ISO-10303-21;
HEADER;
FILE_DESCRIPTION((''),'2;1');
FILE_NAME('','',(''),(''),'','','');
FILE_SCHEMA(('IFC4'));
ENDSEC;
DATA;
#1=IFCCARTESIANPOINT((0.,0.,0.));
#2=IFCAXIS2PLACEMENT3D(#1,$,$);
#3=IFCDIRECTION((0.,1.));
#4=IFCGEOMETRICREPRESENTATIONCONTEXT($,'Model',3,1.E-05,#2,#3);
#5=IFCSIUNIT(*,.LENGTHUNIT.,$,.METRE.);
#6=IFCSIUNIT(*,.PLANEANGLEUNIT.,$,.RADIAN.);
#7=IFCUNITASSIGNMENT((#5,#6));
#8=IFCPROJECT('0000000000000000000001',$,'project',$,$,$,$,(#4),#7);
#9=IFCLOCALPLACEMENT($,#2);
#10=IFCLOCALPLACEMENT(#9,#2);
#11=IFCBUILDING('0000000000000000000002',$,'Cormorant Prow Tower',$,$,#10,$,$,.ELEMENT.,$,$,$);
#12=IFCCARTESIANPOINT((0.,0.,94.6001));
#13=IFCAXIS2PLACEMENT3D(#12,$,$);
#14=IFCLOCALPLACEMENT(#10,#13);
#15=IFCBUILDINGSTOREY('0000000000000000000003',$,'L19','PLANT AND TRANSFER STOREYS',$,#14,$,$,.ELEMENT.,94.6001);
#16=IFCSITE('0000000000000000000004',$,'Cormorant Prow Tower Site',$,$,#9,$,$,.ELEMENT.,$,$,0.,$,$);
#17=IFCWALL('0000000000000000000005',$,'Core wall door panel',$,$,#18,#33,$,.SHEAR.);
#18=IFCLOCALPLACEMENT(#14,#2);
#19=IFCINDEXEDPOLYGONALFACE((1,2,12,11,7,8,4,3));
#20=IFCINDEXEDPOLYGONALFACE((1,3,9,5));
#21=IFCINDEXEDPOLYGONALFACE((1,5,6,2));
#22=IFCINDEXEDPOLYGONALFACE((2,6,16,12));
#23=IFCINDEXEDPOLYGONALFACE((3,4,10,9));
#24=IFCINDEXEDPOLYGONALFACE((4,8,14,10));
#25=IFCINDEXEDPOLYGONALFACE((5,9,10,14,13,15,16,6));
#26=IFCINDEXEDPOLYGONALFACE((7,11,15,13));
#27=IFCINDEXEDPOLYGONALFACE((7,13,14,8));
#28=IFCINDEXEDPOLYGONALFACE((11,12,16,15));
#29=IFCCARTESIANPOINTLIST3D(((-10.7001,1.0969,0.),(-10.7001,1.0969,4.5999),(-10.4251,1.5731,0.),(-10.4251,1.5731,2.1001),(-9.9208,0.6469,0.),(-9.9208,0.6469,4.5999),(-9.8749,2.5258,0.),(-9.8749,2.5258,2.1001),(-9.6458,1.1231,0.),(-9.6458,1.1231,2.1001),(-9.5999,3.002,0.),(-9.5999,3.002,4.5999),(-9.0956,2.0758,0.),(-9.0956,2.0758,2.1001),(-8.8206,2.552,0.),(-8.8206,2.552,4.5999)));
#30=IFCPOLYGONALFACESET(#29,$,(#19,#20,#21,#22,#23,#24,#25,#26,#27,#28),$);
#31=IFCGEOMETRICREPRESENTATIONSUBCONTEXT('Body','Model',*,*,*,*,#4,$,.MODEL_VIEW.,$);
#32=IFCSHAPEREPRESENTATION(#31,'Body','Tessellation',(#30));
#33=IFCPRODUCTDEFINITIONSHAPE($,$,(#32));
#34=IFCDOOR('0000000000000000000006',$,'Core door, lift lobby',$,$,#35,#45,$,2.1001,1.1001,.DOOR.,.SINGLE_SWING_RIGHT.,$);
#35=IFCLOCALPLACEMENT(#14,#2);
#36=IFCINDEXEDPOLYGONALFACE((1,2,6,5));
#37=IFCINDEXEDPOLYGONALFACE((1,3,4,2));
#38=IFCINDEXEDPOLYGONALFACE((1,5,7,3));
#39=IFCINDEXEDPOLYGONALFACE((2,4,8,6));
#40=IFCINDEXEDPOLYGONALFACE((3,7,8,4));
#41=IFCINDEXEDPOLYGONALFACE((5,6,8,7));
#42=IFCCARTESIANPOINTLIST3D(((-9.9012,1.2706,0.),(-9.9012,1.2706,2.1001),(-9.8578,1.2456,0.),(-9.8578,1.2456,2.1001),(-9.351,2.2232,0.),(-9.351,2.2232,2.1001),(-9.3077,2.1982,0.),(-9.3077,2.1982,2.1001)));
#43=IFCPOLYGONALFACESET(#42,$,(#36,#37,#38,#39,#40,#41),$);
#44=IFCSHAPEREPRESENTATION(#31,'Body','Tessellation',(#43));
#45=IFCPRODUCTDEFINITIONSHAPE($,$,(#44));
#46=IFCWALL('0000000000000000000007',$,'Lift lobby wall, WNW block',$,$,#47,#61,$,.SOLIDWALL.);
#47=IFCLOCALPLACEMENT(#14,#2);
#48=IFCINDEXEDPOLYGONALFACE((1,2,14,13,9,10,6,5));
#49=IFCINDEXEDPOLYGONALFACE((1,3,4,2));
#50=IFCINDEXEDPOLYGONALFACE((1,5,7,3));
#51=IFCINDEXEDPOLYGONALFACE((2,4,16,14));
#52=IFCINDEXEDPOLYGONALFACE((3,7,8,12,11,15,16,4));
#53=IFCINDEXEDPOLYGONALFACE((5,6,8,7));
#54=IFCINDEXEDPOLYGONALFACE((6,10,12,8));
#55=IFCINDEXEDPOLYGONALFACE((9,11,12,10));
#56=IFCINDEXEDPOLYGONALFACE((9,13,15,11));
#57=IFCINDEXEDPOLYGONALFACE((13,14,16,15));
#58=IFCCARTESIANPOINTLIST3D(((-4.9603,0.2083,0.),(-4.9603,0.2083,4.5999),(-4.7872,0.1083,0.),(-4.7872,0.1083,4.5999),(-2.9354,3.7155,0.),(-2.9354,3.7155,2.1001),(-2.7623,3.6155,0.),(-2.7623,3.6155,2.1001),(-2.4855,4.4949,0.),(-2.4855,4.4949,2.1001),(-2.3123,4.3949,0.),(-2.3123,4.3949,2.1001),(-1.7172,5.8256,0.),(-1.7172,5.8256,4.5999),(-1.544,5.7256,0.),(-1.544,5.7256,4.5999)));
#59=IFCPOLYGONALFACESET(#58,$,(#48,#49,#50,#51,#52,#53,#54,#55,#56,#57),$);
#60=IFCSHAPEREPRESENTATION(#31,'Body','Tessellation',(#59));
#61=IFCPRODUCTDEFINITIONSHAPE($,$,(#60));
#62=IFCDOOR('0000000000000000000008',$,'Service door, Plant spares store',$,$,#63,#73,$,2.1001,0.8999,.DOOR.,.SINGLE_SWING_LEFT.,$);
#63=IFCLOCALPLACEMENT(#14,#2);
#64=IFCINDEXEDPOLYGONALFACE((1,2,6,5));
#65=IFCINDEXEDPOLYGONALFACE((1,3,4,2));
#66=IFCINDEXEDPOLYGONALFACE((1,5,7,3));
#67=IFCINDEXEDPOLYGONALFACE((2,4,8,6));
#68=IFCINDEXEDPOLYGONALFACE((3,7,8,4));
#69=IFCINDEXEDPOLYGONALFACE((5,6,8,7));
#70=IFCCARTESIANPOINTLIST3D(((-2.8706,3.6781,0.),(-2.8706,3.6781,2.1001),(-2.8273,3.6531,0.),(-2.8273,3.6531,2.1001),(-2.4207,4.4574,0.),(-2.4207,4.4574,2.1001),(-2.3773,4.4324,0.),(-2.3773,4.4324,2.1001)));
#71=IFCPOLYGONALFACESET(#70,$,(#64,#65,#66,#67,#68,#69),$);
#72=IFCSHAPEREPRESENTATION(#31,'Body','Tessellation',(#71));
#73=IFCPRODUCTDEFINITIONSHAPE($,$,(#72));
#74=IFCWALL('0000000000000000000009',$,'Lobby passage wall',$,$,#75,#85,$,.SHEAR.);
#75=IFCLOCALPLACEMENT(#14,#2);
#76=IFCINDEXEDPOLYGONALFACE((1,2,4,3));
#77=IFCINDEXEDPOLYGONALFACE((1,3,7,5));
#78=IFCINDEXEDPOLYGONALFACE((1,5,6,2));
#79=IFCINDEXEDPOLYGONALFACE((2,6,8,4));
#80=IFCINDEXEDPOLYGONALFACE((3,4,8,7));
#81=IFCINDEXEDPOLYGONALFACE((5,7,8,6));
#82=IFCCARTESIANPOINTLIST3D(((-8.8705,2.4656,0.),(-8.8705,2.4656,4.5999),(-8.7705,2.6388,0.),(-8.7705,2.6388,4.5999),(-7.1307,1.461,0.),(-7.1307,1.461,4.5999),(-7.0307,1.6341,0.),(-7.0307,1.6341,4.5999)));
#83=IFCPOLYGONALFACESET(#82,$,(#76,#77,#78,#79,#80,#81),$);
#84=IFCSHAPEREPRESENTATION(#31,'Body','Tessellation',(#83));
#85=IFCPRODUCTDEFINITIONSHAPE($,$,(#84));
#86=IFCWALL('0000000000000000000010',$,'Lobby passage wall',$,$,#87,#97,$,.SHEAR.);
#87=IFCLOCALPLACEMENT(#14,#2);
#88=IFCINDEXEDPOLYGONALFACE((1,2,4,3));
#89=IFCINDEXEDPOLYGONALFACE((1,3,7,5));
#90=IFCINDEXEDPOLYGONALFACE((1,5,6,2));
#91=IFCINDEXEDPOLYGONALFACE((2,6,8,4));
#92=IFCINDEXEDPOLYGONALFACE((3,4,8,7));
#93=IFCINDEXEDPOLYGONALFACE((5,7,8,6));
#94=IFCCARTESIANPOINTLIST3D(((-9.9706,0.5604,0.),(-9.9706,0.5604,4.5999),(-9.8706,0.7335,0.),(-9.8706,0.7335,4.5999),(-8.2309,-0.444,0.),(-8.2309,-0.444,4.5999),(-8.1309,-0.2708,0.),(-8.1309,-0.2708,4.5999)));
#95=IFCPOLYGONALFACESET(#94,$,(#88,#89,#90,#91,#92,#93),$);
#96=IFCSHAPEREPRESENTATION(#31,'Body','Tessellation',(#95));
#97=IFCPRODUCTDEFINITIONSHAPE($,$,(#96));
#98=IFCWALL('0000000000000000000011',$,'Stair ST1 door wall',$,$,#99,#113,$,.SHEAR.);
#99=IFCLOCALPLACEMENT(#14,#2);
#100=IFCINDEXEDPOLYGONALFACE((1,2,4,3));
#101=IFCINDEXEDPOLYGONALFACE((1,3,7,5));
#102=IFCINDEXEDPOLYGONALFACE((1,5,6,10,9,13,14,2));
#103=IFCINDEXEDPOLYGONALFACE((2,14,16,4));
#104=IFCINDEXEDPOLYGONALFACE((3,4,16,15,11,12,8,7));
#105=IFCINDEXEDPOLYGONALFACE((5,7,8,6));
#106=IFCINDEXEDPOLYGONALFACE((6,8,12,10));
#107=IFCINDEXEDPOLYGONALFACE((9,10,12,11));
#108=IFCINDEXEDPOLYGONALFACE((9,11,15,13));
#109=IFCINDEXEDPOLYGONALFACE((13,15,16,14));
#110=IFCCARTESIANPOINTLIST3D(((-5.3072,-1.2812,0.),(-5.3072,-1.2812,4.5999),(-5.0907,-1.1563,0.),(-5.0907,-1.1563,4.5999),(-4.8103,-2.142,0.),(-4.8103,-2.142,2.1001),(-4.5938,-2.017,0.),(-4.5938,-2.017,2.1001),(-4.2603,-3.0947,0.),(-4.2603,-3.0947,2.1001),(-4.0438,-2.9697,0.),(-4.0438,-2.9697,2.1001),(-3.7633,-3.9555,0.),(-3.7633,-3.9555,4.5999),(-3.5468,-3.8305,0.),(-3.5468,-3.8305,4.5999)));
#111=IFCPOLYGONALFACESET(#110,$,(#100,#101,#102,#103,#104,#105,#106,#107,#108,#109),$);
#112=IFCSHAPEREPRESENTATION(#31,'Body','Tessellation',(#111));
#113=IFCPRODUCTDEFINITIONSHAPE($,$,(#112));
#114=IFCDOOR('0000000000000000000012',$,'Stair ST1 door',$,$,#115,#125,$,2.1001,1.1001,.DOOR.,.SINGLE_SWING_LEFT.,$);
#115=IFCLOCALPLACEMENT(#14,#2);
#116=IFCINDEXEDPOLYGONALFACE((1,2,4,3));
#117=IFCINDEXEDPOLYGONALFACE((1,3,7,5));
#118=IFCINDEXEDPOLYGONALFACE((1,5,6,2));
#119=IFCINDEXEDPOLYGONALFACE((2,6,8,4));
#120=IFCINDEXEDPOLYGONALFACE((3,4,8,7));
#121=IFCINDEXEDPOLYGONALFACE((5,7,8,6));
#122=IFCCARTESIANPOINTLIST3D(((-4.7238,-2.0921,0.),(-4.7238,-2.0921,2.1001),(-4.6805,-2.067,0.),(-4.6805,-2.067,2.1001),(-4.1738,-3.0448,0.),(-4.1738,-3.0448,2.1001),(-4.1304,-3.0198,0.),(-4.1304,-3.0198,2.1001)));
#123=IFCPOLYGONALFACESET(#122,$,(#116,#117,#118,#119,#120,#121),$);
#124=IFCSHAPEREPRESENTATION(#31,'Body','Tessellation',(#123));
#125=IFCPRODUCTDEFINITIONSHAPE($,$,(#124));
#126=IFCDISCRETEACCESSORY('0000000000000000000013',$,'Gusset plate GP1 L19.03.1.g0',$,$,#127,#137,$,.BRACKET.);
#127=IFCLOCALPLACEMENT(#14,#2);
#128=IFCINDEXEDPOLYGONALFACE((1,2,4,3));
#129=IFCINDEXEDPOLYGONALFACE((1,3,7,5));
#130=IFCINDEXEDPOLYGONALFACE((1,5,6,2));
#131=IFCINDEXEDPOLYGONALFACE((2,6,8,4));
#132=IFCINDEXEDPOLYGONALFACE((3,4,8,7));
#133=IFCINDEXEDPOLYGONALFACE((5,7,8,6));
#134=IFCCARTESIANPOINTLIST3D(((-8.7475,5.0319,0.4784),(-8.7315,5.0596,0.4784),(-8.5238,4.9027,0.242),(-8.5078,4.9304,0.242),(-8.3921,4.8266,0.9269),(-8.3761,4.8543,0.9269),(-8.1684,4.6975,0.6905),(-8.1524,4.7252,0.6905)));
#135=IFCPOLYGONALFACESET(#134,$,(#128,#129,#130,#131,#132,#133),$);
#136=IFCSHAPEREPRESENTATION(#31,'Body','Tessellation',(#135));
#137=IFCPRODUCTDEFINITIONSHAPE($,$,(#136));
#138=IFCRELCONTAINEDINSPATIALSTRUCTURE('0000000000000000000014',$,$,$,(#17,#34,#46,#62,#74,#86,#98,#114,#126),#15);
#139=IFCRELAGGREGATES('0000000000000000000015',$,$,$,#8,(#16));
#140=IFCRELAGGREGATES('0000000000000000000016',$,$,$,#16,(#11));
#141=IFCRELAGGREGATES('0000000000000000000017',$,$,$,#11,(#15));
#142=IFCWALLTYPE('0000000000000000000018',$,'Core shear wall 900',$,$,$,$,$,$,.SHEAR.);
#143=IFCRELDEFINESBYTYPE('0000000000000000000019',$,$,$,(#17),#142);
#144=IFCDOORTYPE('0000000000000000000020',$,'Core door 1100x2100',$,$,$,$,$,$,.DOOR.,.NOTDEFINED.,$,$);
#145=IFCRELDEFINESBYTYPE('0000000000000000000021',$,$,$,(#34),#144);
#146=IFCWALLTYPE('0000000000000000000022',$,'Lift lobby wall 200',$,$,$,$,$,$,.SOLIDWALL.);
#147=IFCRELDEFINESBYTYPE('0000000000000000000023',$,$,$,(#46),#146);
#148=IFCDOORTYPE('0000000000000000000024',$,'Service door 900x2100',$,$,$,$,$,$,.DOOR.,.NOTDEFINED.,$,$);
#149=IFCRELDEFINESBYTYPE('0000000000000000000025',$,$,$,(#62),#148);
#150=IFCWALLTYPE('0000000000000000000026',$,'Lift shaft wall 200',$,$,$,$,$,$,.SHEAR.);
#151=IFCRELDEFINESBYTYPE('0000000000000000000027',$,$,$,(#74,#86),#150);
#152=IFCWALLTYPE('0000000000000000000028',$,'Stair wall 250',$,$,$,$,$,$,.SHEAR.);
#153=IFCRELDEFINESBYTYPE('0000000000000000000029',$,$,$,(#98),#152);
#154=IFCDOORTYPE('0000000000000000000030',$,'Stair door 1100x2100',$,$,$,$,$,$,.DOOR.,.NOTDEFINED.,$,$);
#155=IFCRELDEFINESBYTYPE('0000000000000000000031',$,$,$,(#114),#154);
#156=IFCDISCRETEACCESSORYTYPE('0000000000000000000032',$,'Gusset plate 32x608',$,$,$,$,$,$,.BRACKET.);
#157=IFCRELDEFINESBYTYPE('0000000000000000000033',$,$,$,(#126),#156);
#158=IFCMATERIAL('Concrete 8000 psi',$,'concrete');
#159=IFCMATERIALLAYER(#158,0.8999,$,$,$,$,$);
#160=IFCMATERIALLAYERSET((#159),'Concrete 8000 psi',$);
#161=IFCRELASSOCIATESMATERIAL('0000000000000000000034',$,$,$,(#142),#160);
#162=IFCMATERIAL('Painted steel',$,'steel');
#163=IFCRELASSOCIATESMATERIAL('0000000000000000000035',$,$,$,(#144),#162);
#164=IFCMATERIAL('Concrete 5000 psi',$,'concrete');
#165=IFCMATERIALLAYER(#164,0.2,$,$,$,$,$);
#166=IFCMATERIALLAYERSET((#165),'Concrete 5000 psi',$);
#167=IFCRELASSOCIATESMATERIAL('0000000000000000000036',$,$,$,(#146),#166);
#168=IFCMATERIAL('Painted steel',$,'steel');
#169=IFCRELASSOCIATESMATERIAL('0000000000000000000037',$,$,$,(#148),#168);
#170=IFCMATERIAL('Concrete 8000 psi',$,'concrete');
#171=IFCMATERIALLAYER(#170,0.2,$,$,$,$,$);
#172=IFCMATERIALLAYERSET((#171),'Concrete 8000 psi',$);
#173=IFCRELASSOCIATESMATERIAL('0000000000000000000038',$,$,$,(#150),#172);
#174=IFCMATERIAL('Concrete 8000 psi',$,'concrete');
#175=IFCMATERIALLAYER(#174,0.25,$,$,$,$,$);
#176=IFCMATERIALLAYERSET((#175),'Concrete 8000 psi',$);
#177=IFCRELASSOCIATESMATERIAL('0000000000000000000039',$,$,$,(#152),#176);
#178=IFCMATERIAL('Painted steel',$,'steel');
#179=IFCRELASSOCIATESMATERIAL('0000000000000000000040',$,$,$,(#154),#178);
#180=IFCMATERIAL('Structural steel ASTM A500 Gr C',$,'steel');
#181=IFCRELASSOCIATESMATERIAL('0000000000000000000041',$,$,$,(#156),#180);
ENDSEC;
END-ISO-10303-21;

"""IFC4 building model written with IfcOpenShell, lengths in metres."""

from ifc_helpers import new_model, si_unit, direction, frame, frame_2d, origin, origin_2d, place, context, subcontext, project, spatial, rectangle, extrude, material, layer, layer_set, material_profile, profile_set, type_object, element, fill, save


model = new_model("IFC4")

# Units and contexts
model_context = context("Model", 3, precision=1e-05, world=origin(), true_north=direction((0.0, 1.0)))
body_context = subcontext(model_context, "Body", "Model", "MODEL_VIEW")
ifc_project = project(units=[si_unit("LENGTHUNIT", "METRE"), si_unit("PLANEANGLEUNIT", "RADIAN")], contexts=[model_context])

# Site, building, storey
site_placement = place(None, origin())
site = spatial("IfcSite", under=ifc_project, at=site_placement, Name="Cormorant Prow Tower Site", CompositionType="ELEMENT", RefElevation=0.0)
building_placement = place(site_placement, origin())
building = spatial("IfcBuilding", under=site, at=building_placement, Name="Cormorant Prow Tower", CompositionType="ELEMENT")
storey_placement = place(building_placement, frame((0.0, 0.0, 94.6001)))
storey = spatial("IfcBuildingStorey", under=building, at=storey_placement, Name="L19", Description="PLANT AND TRANSFER STOREYS", CompositionType="ELEMENT", Elevation=94.6001)

# Shared definitions
ifc_material_1 = material(Name="Concrete 8000 psi", Category="concrete")
ifc_layer_1 = layer(ifc_material_1, 0.8999)
ifc_layer_set_1 = layer_set([ifc_layer_1], Name="Concrete 8000 psi")
wall_type_1 = type_object("IfcWallType", Name="Core shear wall 900", PredefinedType="SHEAR", material=ifc_layer_set_1)

# Walls, openings, doors
wall_1_placement = place(storey_placement, frame((-9.2102, 2.7771, 0.0), z_axis=(0.0, 0.0, 1.0), x_axis=(-0.500078, -0.86598, 0.0)))
wall_1 = element("IfcWall", 1, at=wall_1_placement, inside=storey, type_object=wall_type_1, Name="Core wall door panel", PredefinedType="SHEAR", context=body_context, shape_type="SweptSolid", body=[
    extrude(rectangle(XDim=2.2, YDim=0.8999, at=frame_2d((1.1001, 0.0))), origin(), (0.0, 0.0, 1.0), 4.5999),
])
opening_1_placement = place(wall_1_placement, frame((0.55, 0.0, 0.0)))
opening_1 = element("IfcOpeningElement", 2, at=opening_1_placement, cuts=wall_1, PredefinedType="OPENING", context=body_context, shape_type="SweptSolid", body=[
    extrude(rectangle(XDim=1.1001, YDim=2.1001, at=frame_2d((0.55, 1.05))), frame((0.0, 0.46, 0.0), z_axis=(0.0, -1.0, 0.0), x_axis=(1.0, 0.0, 0.0)), (0.0, 0.0, 1.0), 0.9199),
])
ifc_material_2 = material(Name="Painted steel", Category="steel")
door_type_1 = type_object("IfcDoorType", Name="Core door 1100x2100", OperationType="NOTDEFINED", PredefinedType="DOOR", material=ifc_material_2)
door_1_placement = place(opening_1_placement, origin())
door_1 = element("IfcDoor", 3, at=door_1_placement, inside=storey, type_object=door_type_1, Name="Core door, lift lobby", OperationType="SINGLE_SWING_RIGHT", OverallHeight=2.1001, OverallWidth=1.1001, PredefinedType="DOOR", context=body_context, shape_type="SweptSolid", body=[
    extrude(rectangle(XDim=1.1001, YDim=2.1001, at=frame_2d((0.55, 1.05))), frame((0.0, 0.2051, 0.0), z_axis=(0.0, -1.0, 0.0), x_axis=(1.0, 0.0, 0.0)), (0.0, 0.0, 1.0), 0.05),
])
fill(opening_1, door_1)
ifc_material_3 = material(Name="Concrete 5000 psi", Category="concrete")
ifc_layer_2 = layer(ifc_material_3, 0.2)
ifc_layer_set_2 = layer_set([ifc_layer_2], Name="Concrete 5000 psi")
wall_type_2 = type_object("IfcWallType", Name="Lift lobby wall 200", PredefinedType="SOLIDWALL", material=ifc_layer_set_2)
wall_2_placement = place(storey_placement, frame((-1.6306, 5.7756, 0.0), z_axis=(0.0, 0.0, 1.0), x_axis=(-0.499993, -0.86603, 0.0)))
wall_2 = element("IfcWall", 4, at=wall_2_placement, inside=storey, type_object=wall_type_2, Name="Lift lobby wall, WNW block", PredefinedType="SOLIDWALL", context=body_context, shape_type="SweptSolid", body=[
    extrude(rectangle(XDim=6.4863, YDim=0.2, at=frame_2d((3.2432, 0.0))), origin(), (0.0, 0.0, 1.0), 4.5999),
])
opening_2_placement = place(wall_2_placement, frame((1.5366, 0.0, 0.0)))
opening_2 = element("IfcOpeningElement", 5, at=opening_2_placement, cuts=wall_2, PredefinedType="OPENING", context=body_context, shape_type="SweptSolid", body=[
    extrude(rectangle(XDim=0.8999, YDim=2.1001, at=frame_2d((0.45, 1.05))), frame((0.0, 0.1099, 0.0), z_axis=(0.0, -1.0, 0.0), x_axis=(1.0, 0.0, 0.0)), (0.0, 0.0, 1.0), 0.22),
])
ifc_material_4 = material(Name="Painted steel", Category="steel")
door_type_2 = type_object("IfcDoorType", Name="Service door 900x2100", OperationType="NOTDEFINED", PredefinedType="DOOR", material=ifc_material_4)
door_2_placement = place(opening_2_placement, origin())
door_2 = element("IfcDoor", 6, at=door_2_placement, inside=storey, type_object=door_type_2, Name="Service door, Plant spares store", OperationType="SINGLE_SWING_LEFT", OverallHeight=2.1001, OverallWidth=0.8999, PredefinedType="DOOR", context=body_context, shape_type="SweptSolid", body=[
    extrude(rectangle(XDim=0.8999, YDim=2.1001, at=frame_2d((0.45, 1.05))), frame((0.0, 0.0249, 0.0), z_axis=(0.0, -1.0, 0.0), x_axis=(1.0, 0.0, 0.0)), (0.0, 0.0, 1.0), 0.05),
])
fill(opening_2, door_2)

# Walls
ifc_material_5 = material(Name="Concrete 8000 psi", Category="concrete")
ifc_layer_3 = layer(ifc_material_5, 0.2)
ifc_layer_set_3 = layer_set([ifc_layer_3], Name="Concrete 8000 psi")
wall_type_3 = type_object("IfcWallType", Name="Lift shaft wall 200", PredefinedType="SHEAR", material=ifc_layer_set_3)
wall_3_placement = place(storey_placement, frame((-7.0808, 1.5476, 0.0), z_axis=(0.0, 0.0, 1.0), x_axis=(-0.865983, 0.500073, 0.0)))
element("IfcWall", 7, at=wall_3_placement, inside=storey, type_object=wall_type_3, Name="Lobby passage wall", PredefinedType="SHEAR", context=body_context, shape_type="SweptSolid", body=[
    extrude(rectangle(XDim=2.009, YDim=0.2, at=frame_2d((1.0044, 0.0))), origin(), (0.0, 0.0, 1.0), 4.5999),
])
wall_4_placement = place(storey_placement, frame((-8.1809, -0.3574, 0.0), z_axis=(0.0, 0.0, 1.0), x_axis=(-0.866036, 0.499982, 0.0)))
element("IfcWall", 8, at=wall_4_placement, inside=storey, type_object=wall_type_3, Name="Lobby passage wall", PredefinedType="SHEAR", context=body_context, shape_type="SweptSolid", body=[
    extrude(rectangle(XDim=2.0088, YDim=0.2, at=frame_2d((1.0044, 0.0))), origin(), (0.0, 0.0, 1.0), 4.5999),
])

# Wall, opening, door
ifc_material_6 = material(Name="Concrete 8000 psi", Category="concrete")
ifc_layer_4 = layer(ifc_material_6, 0.25)
ifc_layer_set_4 = layer_set([ifc_layer_4], Name="Concrete 8000 psi")
wall_type_4 = type_object("IfcWallType", Name="Stair wall 250", PredefinedType="SHEAR", material=ifc_layer_set_4)
wall_5_placement = place(storey_placement, frame((-5.199, -1.2188, 0.0), z_axis=(0.0, 0.0, 1.0), x_axis=(0.499983, -0.866035, 0.0)))
wall_5 = element("IfcWall", 9, at=wall_5_placement, inside=storey, type_object=wall_type_4, Name="Stair ST1 door wall", PredefinedType="SHEAR", context=body_context, shape_type="SweptSolid", body=[
    extrude(rectangle(XDim=3.0879, YDim=0.25, at=frame_2d((1.5439, 0.0))), origin(), (0.0, 0.0, 1.0), 4.5999),
])
opening_3_placement = place(wall_5_placement, frame((0.9939, 0.0, 0.0)))
opening_3 = element("IfcOpeningElement", 10, at=opening_3_placement, cuts=wall_5, PredefinedType="OPENING", context=body_context, shape_type="SweptSolid", body=[
    extrude(rectangle(XDim=1.1001, YDim=2.1001, at=frame_2d((0.55, 1.05))), frame((0.0, 0.135, 0.0), z_axis=(0.0, -1.0, 0.0), x_axis=(1.0, 0.0, 0.0)), (0.0, 0.0, 1.0), 0.27),
])
ifc_material_7 = material(Name="Painted steel", Category="steel")
door_type_3 = type_object("IfcDoorType", Name="Stair door 1100x2100", OperationType="NOTDEFINED", PredefinedType="DOOR", material=ifc_material_7)
door_3_placement = place(opening_3_placement, origin())
door_3 = element("IfcDoor", 11, at=door_3_placement, inside=storey, type_object=door_type_3, Name="Stair ST1 door", OperationType="SINGLE_SWING_LEFT", OverallHeight=2.1001, OverallWidth=1.1001, PredefinedType="DOOR", context=body_context, shape_type="SweptSolid", body=[
    extrude(rectangle(XDim=1.1001, YDim=2.1001, at=frame_2d((0.55, 1.05))), frame((0.0, 0.0249, 0.0), z_axis=(0.0, -1.0, 0.0), x_axis=(1.0, 0.0, 0.0)), (0.0, 0.0, 1.0), 0.05),
])
fill(opening_3, door_3)

# Discrete accessory
ifc_material_8 = material(Name="Structural steel ASTM A500 Gr C", Category="steel")
ifc_material_profile_1 = material_profile(ifc_material_8, rectangle(XDim=0.032, YDim=0.6079, at=origin_2d()), Name="Gusset plate 32x608")
ifc_profile_set_1 = profile_set([ifc_material_profile_1], Name="Structural steel ASTM A500 Gr C")
discrete_accessory_type = type_object("IfcDiscreteAccessoryType", Name="Gusset plate 32x608", PredefinedType="BRACKET", material=ifc_profile_set_1)
discrete_accessory_placement = place(storey_placement, frame((-8.5618, 4.9431, 0.7026), z_axis=(0.63884, -0.368937, -0.675106), x_axis=(0.500104, 0.865965, 0.0)))
element("IfcDiscreteAccessory", 12, at=discrete_accessory_placement, inside=storey, type_object=discrete_accessory_type, Name="Gusset plate GP1 L19.03.1.g0", PredefinedType="BRACKET", context=body_context, shape_type="SweptSolid", body=[
    extrude(rectangle(XDim=0.032, YDim=0.6079, at=origin_2d()), origin(), (0.0, 0.0, 1.0), 0.3501),
])

save(model, "model.ifc")
